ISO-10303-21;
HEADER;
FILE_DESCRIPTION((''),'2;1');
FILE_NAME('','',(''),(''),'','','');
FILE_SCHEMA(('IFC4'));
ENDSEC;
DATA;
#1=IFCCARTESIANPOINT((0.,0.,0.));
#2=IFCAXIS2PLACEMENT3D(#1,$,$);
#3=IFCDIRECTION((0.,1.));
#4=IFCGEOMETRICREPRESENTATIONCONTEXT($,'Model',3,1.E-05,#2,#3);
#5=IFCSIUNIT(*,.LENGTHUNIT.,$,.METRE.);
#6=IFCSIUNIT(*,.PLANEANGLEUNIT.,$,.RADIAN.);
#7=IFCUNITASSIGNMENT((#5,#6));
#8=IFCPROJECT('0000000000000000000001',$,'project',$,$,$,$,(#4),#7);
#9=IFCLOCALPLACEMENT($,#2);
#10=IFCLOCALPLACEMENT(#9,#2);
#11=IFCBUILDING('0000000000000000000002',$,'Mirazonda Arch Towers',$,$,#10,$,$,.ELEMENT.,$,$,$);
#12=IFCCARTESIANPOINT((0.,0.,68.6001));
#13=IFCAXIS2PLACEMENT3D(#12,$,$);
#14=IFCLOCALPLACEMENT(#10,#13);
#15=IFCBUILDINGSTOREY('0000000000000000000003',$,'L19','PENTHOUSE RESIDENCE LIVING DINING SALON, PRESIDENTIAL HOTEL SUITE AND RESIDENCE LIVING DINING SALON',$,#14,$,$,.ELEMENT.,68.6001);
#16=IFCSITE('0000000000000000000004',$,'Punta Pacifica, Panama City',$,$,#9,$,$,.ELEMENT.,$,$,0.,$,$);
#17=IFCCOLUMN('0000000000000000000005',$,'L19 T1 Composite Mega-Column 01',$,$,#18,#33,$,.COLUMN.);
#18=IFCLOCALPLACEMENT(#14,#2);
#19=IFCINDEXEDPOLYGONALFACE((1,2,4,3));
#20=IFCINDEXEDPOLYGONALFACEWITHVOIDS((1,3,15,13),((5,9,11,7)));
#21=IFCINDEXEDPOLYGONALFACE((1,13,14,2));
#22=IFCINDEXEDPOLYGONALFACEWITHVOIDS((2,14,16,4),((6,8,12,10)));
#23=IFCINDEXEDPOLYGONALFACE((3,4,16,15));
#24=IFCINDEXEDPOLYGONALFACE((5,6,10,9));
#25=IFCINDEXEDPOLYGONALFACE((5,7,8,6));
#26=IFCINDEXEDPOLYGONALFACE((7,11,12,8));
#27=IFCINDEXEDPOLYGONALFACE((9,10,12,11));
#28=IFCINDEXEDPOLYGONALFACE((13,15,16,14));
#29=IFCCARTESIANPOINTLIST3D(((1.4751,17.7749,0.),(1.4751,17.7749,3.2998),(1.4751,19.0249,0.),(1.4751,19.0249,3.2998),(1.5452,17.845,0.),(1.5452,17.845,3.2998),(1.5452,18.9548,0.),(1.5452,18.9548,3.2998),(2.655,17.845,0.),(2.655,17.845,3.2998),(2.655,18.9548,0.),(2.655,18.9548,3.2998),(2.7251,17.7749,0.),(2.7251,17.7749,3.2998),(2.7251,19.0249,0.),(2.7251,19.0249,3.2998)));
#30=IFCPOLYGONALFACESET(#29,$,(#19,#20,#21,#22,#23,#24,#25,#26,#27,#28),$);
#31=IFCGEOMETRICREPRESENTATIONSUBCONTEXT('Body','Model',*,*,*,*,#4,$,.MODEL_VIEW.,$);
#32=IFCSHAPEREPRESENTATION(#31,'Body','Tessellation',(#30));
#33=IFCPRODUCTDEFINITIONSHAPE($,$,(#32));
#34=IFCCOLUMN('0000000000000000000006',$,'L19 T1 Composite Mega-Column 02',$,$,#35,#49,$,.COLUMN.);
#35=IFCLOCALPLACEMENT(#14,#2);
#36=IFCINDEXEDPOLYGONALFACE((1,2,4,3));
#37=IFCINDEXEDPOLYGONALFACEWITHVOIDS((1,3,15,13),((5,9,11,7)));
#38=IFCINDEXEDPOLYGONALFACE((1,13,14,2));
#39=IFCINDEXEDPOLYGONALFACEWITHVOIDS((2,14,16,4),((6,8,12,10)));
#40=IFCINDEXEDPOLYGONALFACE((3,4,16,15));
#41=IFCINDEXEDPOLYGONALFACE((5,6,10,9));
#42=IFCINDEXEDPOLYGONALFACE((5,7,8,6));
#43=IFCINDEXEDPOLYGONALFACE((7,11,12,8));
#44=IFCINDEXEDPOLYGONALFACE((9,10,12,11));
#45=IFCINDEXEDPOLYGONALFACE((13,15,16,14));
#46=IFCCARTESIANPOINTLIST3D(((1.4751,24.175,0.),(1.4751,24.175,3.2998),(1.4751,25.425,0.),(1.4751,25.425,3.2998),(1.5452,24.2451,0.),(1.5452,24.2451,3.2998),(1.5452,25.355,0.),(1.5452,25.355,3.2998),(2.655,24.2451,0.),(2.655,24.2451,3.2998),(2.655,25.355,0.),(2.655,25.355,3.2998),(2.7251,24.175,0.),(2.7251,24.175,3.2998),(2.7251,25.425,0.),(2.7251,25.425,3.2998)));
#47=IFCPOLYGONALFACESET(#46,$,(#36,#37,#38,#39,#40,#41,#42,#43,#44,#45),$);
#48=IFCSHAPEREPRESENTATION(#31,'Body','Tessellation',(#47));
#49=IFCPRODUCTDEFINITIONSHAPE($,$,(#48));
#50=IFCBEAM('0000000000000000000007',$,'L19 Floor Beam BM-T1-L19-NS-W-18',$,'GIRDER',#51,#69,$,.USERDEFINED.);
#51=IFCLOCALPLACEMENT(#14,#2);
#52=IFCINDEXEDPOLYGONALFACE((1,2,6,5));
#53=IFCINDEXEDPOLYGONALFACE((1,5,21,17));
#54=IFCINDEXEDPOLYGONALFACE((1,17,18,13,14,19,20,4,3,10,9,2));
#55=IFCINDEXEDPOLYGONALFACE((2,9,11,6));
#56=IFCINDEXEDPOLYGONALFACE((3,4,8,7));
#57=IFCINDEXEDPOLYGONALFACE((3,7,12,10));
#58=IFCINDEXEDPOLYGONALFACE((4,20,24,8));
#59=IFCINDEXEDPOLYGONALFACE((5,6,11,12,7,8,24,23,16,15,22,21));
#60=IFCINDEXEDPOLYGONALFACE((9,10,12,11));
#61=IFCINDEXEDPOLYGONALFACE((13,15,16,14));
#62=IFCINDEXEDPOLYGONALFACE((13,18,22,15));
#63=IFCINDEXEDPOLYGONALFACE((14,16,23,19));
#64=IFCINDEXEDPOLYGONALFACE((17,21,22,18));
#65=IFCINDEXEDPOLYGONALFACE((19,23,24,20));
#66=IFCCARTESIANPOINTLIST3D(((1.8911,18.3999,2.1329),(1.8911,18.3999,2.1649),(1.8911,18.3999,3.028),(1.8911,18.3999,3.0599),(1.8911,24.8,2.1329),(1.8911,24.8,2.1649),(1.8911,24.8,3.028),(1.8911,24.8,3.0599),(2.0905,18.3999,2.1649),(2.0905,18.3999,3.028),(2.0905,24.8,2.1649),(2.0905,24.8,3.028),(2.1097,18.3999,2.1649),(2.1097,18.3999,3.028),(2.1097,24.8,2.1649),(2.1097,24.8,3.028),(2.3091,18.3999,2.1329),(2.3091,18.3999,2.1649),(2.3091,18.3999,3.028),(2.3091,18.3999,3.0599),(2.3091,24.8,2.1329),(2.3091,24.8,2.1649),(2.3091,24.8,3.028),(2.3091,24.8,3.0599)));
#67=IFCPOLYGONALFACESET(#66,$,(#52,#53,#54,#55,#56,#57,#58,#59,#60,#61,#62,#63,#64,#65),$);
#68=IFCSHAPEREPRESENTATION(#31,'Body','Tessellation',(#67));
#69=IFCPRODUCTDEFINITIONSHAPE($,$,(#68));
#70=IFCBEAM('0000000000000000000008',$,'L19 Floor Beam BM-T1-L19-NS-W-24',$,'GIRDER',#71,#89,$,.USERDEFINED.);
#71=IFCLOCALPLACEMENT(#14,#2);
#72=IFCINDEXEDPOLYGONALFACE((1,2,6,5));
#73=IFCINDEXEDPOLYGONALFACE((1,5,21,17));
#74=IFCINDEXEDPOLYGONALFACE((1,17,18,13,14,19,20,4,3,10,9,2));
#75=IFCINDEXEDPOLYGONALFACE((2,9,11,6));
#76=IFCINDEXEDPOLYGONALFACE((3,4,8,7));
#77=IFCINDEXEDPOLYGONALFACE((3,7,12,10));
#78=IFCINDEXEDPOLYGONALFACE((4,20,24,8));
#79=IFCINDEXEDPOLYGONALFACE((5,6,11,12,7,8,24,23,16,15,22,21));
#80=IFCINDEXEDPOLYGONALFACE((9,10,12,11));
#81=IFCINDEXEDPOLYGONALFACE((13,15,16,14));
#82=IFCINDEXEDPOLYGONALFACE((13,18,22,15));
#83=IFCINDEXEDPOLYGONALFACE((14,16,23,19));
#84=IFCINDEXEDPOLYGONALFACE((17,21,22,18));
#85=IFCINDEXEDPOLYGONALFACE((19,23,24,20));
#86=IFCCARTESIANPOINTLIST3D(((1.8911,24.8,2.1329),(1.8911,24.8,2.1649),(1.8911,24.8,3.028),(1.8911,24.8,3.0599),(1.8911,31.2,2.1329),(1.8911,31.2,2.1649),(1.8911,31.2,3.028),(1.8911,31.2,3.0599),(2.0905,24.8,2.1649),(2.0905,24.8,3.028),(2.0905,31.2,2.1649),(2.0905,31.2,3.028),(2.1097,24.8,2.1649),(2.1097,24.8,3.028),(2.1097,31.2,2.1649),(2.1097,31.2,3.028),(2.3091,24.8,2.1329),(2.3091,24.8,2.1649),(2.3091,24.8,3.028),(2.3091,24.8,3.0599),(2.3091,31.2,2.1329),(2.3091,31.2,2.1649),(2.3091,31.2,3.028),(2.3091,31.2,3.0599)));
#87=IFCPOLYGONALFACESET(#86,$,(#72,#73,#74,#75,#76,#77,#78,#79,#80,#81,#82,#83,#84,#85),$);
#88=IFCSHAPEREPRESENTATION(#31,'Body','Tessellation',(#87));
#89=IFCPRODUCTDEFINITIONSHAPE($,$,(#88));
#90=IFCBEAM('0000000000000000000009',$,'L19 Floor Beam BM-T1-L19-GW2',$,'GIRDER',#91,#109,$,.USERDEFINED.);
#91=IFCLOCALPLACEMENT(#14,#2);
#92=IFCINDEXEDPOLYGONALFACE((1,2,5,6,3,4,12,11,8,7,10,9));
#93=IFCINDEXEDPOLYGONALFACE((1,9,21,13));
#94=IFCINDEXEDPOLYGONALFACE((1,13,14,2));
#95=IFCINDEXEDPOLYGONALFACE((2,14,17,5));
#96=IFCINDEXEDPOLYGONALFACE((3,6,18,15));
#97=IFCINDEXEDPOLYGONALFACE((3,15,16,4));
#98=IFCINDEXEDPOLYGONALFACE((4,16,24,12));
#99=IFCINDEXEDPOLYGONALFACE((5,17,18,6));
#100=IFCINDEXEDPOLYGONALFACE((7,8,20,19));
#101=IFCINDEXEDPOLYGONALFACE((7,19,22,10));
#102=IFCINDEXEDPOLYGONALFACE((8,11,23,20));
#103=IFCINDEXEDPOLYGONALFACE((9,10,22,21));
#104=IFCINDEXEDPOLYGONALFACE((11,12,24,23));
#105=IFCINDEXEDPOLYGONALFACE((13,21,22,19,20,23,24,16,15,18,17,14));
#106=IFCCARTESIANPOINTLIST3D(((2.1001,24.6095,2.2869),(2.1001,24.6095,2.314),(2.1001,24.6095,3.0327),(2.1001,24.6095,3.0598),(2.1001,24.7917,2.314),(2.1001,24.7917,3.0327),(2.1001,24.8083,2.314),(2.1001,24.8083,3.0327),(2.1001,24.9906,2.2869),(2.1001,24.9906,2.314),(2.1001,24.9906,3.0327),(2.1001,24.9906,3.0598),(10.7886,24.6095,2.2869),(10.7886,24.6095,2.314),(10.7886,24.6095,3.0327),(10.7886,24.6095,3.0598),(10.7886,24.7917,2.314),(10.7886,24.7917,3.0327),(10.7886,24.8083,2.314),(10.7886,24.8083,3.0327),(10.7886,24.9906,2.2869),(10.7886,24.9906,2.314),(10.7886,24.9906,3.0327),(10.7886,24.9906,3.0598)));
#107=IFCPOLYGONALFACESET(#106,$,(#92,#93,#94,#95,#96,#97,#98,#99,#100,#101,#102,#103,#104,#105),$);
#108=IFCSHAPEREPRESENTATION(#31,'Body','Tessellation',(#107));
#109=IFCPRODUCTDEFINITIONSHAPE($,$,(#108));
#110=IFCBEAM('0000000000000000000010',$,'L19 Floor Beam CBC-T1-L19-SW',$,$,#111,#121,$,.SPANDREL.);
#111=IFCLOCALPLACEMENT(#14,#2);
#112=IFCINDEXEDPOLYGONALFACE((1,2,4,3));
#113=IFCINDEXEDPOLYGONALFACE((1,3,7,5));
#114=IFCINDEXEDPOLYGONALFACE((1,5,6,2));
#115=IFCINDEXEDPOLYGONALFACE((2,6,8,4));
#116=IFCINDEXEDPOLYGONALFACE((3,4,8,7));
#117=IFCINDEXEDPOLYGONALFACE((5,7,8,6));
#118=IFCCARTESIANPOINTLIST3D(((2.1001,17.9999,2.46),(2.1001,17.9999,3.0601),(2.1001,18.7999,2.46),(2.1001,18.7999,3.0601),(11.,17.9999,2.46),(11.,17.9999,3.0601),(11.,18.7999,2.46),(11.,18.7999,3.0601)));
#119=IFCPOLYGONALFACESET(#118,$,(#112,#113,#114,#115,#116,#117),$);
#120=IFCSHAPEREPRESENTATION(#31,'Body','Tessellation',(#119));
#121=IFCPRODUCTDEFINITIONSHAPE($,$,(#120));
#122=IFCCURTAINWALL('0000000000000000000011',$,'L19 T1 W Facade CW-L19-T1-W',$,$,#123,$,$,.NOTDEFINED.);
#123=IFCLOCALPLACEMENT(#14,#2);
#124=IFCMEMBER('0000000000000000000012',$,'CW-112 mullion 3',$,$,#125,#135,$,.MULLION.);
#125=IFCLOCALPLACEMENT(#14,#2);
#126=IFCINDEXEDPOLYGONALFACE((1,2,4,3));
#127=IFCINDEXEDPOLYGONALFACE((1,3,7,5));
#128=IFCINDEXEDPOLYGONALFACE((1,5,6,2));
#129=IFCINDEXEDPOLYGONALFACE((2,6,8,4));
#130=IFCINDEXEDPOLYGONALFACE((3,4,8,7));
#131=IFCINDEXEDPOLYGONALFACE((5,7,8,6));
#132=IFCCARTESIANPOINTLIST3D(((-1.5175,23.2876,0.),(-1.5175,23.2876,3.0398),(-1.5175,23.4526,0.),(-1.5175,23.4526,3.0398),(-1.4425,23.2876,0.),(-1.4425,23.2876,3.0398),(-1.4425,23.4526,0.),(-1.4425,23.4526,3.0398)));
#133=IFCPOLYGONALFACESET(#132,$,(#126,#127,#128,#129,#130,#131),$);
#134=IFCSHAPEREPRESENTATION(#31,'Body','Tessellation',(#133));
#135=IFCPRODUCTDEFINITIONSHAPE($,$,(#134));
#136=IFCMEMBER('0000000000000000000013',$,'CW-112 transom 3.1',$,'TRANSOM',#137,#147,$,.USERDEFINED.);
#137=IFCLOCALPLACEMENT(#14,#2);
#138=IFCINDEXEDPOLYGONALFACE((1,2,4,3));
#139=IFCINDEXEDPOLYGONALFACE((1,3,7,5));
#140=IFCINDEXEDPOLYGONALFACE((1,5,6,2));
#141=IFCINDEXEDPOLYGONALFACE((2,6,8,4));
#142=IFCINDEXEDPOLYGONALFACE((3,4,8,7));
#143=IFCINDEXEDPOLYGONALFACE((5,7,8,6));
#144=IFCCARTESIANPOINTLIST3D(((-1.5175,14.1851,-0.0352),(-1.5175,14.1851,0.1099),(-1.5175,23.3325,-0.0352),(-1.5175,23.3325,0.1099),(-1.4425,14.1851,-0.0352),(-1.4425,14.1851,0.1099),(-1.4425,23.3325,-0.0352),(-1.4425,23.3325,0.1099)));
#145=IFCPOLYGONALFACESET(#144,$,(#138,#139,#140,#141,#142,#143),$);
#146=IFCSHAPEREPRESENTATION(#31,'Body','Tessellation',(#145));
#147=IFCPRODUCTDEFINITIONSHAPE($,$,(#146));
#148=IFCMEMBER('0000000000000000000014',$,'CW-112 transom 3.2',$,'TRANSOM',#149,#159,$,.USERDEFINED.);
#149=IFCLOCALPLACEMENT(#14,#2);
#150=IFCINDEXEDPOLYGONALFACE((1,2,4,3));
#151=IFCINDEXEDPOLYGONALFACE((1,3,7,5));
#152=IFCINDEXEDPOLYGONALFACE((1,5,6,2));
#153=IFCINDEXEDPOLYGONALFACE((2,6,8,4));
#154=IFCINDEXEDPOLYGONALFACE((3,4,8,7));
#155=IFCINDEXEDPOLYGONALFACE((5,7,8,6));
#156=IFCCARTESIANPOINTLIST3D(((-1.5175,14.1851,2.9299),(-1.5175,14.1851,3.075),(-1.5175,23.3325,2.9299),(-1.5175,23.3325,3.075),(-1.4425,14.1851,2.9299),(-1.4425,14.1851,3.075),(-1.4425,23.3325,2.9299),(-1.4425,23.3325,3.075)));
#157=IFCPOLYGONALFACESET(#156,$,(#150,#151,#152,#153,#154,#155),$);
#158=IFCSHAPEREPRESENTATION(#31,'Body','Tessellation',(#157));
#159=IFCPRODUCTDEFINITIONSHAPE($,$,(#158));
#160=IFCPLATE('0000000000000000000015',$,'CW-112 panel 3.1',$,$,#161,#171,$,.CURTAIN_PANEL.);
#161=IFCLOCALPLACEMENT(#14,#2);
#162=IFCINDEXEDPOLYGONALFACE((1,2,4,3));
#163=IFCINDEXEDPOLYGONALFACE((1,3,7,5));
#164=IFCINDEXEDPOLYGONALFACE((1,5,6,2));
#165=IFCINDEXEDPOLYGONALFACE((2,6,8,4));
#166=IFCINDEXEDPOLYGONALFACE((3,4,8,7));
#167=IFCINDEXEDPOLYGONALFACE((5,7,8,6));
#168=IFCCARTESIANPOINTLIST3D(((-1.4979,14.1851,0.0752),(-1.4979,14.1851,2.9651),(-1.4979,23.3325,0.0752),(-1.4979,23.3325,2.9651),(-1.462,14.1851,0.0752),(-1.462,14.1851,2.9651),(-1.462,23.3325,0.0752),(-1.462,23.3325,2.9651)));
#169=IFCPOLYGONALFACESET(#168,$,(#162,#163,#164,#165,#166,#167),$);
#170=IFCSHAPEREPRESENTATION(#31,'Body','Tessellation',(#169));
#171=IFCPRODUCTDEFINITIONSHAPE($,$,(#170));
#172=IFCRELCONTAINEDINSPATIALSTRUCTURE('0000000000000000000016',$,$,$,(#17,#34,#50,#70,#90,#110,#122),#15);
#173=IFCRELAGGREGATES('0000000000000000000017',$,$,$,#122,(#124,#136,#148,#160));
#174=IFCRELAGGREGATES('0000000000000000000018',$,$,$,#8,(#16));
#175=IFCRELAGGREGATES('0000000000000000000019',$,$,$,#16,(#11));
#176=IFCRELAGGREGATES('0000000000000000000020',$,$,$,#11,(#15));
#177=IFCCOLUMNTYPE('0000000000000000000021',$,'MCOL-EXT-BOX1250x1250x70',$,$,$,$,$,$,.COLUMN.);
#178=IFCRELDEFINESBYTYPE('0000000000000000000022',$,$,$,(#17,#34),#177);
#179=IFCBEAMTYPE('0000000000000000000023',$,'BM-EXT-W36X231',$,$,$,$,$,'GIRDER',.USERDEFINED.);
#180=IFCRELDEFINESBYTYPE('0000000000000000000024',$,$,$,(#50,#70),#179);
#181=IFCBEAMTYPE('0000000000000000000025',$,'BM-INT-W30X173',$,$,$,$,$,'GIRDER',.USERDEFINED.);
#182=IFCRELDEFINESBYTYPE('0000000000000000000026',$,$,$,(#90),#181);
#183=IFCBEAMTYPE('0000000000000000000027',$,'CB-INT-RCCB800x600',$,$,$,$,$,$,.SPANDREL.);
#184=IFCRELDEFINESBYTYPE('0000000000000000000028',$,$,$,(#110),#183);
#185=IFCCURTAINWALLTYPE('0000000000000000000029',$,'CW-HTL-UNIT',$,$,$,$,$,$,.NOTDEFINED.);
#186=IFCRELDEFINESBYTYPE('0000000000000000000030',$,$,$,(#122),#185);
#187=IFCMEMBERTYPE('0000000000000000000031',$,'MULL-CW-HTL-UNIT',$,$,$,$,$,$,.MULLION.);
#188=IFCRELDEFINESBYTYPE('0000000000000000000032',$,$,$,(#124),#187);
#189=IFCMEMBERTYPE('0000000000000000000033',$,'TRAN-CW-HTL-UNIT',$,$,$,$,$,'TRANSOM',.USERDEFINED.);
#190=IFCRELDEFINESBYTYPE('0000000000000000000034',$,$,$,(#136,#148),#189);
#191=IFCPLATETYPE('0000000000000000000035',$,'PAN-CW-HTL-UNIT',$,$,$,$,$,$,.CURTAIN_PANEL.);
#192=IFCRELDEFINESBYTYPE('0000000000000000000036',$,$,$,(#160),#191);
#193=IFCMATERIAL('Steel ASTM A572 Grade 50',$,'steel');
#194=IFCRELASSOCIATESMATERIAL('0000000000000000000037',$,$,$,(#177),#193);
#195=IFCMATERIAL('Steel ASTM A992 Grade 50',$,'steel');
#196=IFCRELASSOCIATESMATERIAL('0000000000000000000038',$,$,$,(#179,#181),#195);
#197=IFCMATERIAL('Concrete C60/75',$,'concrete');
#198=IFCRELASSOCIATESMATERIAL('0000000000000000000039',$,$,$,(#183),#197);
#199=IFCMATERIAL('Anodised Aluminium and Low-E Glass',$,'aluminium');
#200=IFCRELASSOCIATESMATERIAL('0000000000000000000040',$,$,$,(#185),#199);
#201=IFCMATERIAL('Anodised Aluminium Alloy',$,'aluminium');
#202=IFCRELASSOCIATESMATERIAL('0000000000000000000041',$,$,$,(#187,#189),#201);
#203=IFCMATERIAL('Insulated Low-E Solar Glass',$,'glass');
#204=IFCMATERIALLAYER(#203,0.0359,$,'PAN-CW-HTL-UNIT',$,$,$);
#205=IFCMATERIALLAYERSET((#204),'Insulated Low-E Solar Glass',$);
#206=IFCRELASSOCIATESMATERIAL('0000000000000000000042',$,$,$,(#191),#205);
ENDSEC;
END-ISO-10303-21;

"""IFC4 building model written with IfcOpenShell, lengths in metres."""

from ifc_helpers import new_model, si_unit, direction, frame, origin, origin_2d, place, context, subcontext, project, spatial, rectangle, hollow_rectangle, i_section, extrude, material, layer, layer_set, material_profile, profile_set, type_object, element, aggregate, save


model = new_model("IFC4")

# Units and contexts
model_context = context("Model", 3, precision=1e-05, world=origin(), true_north=direction((0.0, 1.0)))
body_context = subcontext(model_context, "Body", "Model", "MODEL_VIEW")
ifc_project = project(units=[si_unit("LENGTHUNIT", "METRE"), si_unit("PLANEANGLEUNIT", "RADIAN")], contexts=[model_context])

# Site, building, storey
site_placement = place(None, origin())
site = spatial("IfcSite", under=ifc_project, at=site_placement, Name="Punta Pacifica, Panama City", CompositionType="ELEMENT", RefElevation=0.0)
building_placement = place(site_placement, origin())
building = spatial("IfcBuilding", under=site, at=building_placement, Name="Mirazonda Arch Towers", CompositionType="ELEMENT")
storey_placement = place(building_placement, frame((0.0, 0.0, 68.6001)))
storey = spatial("IfcBuildingStorey", under=building, at=storey_placement, Name="L19", Description="PENTHOUSE RESIDENCE LIVING DINING SALON, PRESIDENTIAL HOTEL SUITE AND RESIDENCE LIVING DINING SALON", CompositionType="ELEMENT", Elevation=68.6001)

# Columns
ifc_material_1 = material(Name="Steel ASTM A572 Grade 50", Category="steel")
ifc_material_profile_1 = material_profile(ifc_material_1, hollow_rectangle(XDim=1.25, YDim=1.25, WallThickness=0.0701, at=origin_2d()), Name="BOX1250x1250x70")
ifc_profile_set_1 = profile_set([ifc_material_profile_1], Name="Steel ASTM A572 Grade 50")
column_type = type_object("IfcColumnType", Name="MCOL-EXT-BOX1250x1250x70", PredefinedType="COLUMN", material=ifc_profile_set_1)
for number, where, z_axis, x_axis, name in (
    (1, (2.1001, 18.3999, 0.0), (0.0, 0.0, 1.0), (1.0, 0.0, 0.0), "L19 T1 Composite Mega-Column 01"),
    (2, (2.1001, 24.8, 0.0), (0.0, 0.0, 1.0), (1.0, 0.0, 0.0), "L19 T1 Composite Mega-Column 02"),
):
    element("IfcColumn", number, at=place(storey_placement, frame(where, z_axis=z_axis, x_axis=x_axis)), inside=storey, type_object=column_type, Name=name, PredefinedType="COLUMN", context=body_context, shape_type="SweptSolid", body=[
        extrude(hollow_rectangle(XDim=1.25, YDim=1.25, WallThickness=0.0701, at=origin_2d()), origin(), (0.0, 0.0, 1.0), 3.2998),
    ])

# Beams
ifc_material_2 = material(Name="Steel ASTM A992 Grade 50", Category="steel")
ifc_material_profile_2 = material_profile(ifc_material_2, i_section(OverallWidth=0.418, OverallDepth=0.927, WebThickness=0.0193, FlangeThickness=0.032, at=origin_2d()), Name="W36X231")
ifc_profile_set_2 = profile_set([ifc_material_profile_2], Name="Steel ASTM A992 Grade 50")
beam_type_1 = type_object("IfcBeamType", Name="BM-EXT-W36X231", ElementType="GIRDER", PredefinedType="USERDEFINED", material=ifc_profile_set_2)
beam_1_placement = place(storey_placement, frame((2.1001, 18.3999, 2.5964), z_axis=(0.0, 1.0, 0.0), x_axis=(-1.0, 0.0, 0.0)))
element("IfcBeam", 3, at=beam_1_placement, inside=storey, type_object=beam_type_1, Name="L19 Floor Beam BM-T1-L19-NS-W-18", ObjectType="GIRDER", PredefinedType="USERDEFINED", context=body_context, shape_type="SweptSolid", body=[
    extrude(i_section(OverallWidth=0.418, OverallDepth=0.927, WebThickness=0.0193, FlangeThickness=0.032, at=origin_2d()), origin(), (0.0, 0.0, 1.0), 6.4001),
])
beam_2_placement = place(storey_placement, frame((2.1001, 24.8, 2.5964), z_axis=(0.0, 1.0, 0.0), x_axis=(-1.0, 0.0, 0.0)))
element("IfcBeam", 4, at=beam_2_placement, inside=storey, type_object=beam_type_1, Name="L19 Floor Beam BM-T1-L19-NS-W-24", ObjectType="GIRDER", PredefinedType="USERDEFINED", context=body_context, shape_type="SweptSolid", body=[
    extrude(i_section(OverallWidth=0.418, OverallDepth=0.927, WebThickness=0.0193, FlangeThickness=0.032, at=origin_2d()), origin(), (0.0, 0.0, 1.0), 6.3999),
])
ifc_material_profile_3 = material_profile(ifc_material_2, i_section(OverallWidth=0.3811, OverallDepth=0.7729, WebThickness=0.0166, FlangeThickness=0.0271, at=origin_2d()), Name="W30X173")
ifc_profile_set_3 = profile_set([ifc_material_profile_3], Name="Steel ASTM A992 Grade 50")
beam_type_2 = type_object("IfcBeamType", Name="BM-INT-W30X173", ElementType="GIRDER", PredefinedType="USERDEFINED", material=ifc_profile_set_3)
beam_3_placement = place(storey_placement, frame((2.1001, 24.8, 2.6733), z_axis=(1.0, 0.0, 0.0), x_axis=(0.0, 1.0, 0.0)))
element("IfcBeam", 5, at=beam_3_placement, inside=storey, type_object=beam_type_2, Name="L19 Floor Beam BM-T1-L19-GW2", ObjectType="GIRDER", PredefinedType="USERDEFINED", context=body_context, shape_type="SweptSolid", body=[
    extrude(i_section(OverallWidth=0.3811, OverallDepth=0.7729, WebThickness=0.0166, FlangeThickness=0.0271, at=origin_2d()), origin(), (0.0, 0.0, 1.0), 8.6885),
])
ifc_material_3 = material(Name="Concrete C60/75", Category="concrete")
ifc_material_profile_4 = material_profile(ifc_material_3, rectangle(XDim=0.8, YDim=0.6001, at=origin_2d()), Name="RCCB800x600")
ifc_profile_set_4 = profile_set([ifc_material_profile_4], Name="Concrete C60/75")
beam_type_3 = type_object("IfcBeamType", Name="CB-INT-RCCB800x600", PredefinedType="SPANDREL", material=ifc_profile_set_4)
beam_4_placement = place(storey_placement, frame((2.1001, 18.3999, 2.76), z_axis=(1.0, 0.0, 0.0), x_axis=(0.0, 1.0, 0.0)))
element("IfcBeam", 6, at=beam_4_placement, inside=storey, type_object=beam_type_3, Name="L19 Floor Beam CBC-T1-L19-SW", PredefinedType="SPANDREL", context=body_context, shape_type="SweptSolid", body=[
    extrude(rectangle(XDim=0.8, YDim=0.6001, at=origin_2d()), origin(), (0.0, 0.0, 1.0), 8.8999),
])

# Curtain wall, members, plate
ifc_material_4 = material(Name="Anodised Aluminium and Low-E Glass", Category="aluminium")
curtain_wall_type = type_object("IfcCurtainWallType", Name="CW-HTL-UNIT", PredefinedType="NOTDEFINED", material=ifc_material_4)
curtain_wall_placement = place(storey_placement, origin())
curtain_wall = element("IfcCurtainWall", 7, at=curtain_wall_placement, inside=storey, type_object=curtain_wall_type, Name="L19 T1 W Facade CW-L19-T1-W", PredefinedType="NOTDEFINED")
ifc_material_5 = material(Name="Anodised Aluminium Alloy", Category="aluminium")
ifc_material_profile_5 = material_profile(ifc_material_5, rectangle(XDim=0.075, YDim=0.165, at=origin_2d()), Name="ALU-MULL-75x165")
ifc_profile_set_5 = profile_set([ifc_material_profile_5], Name="Anodised Aluminium Alloy")
member_type_1 = type_object("IfcMemberType", Name="MULL-CW-HTL-UNIT", PredefinedType="MULLION", material=ifc_profile_set_5)
member_1_placement = place(storey_placement, frame((-1.48, 23.3701, 0.0), z_axis=(0.0, 0.0, 1.0), x_axis=(1.0, 0.0, 0.0)))
member_1 = element("IfcMember", 8, at=member_1_placement, type_object=member_type_1, Name="CW-112 mullion 3", PredefinedType="MULLION", context=body_context, shape_type="SweptSolid", body=[
    extrude(rectangle(XDim=0.075, YDim=0.165, at=origin_2d()), origin(), (0.0, 0.0, 1.0), 3.0398),
])
ifc_material_profile_6 = material_profile(ifc_material_5, rectangle(XDim=0.075, YDim=0.145, at=origin_2d()), Name="ALU-TRAN-75x145")
ifc_profile_set_6 = profile_set([ifc_material_profile_6], Name="Anodised Aluminium Alloy")
member_type_2 = type_object("IfcMemberType", Name="TRAN-CW-HTL-UNIT", ElementType="TRANSOM", PredefinedType="USERDEFINED", material=ifc_profile_set_6)
member_2_placement = place(storey_placement, frame((-1.48, 23.3325, 0.0374), z_axis=(0.0, -1.0, 0.0), x_axis=(1.0, 0.0, 0.0)))
member_2 = element("IfcMember", 9, at=member_2_placement, type_object=member_type_2, Name="CW-112 transom 3.1", ObjectType="TRANSOM", PredefinedType="USERDEFINED", context=body_context, shape_type="SweptSolid", body=[
    extrude(rectangle(XDim=0.075, YDim=0.145, at=origin_2d()), origin(), (0.0, 0.0, 1.0), 9.1475),
])
member_3_placement = place(storey_placement, frame((-1.48, 23.3325, 3.0024), z_axis=(0.0, -1.0, 0.0), x_axis=(1.0, 0.0, 0.0)))
member_3 = element("IfcMember", 10, at=member_3_placement, type_object=member_type_2, Name="CW-112 transom 3.2", ObjectType="TRANSOM", PredefinedType="USERDEFINED", context=body_context, shape_type="SweptSolid", body=[
    extrude(rectangle(XDim=0.075, YDim=0.145, at=origin_2d()), origin(), (0.0, 0.0, 1.0), 9.1475),
])
ifc_material_6 = material(Name="Insulated Low-E Solar Glass", Category="glass")
ifc_layer_1 = layer(ifc_material_6, 0.0359, Name="PAN-CW-HTL-UNIT")
ifc_layer_set_1 = layer_set([ifc_layer_1], Name="Insulated Low-E Solar Glass")
plate_type = type_object("IfcPlateType", Name="PAN-CW-HTL-UNIT", PredefinedType="CURTAIN_PANEL", material=ifc_layer_set_1)
plate_placement = place(storey_placement, frame((-1.48, 18.7588, 0.0752), z_axis=(0.0, 0.0, 1.0), x_axis=(0.0, -1.0, 0.0)))
plate = element("IfcPlate", 11, at=plate_placement, type_object=plate_type, Name="CW-112 panel 3.1", PredefinedType="CURTAIN_PANEL", context=body_context, shape_type="SweptSolid", body=[
    extrude(rectangle(XDim=9.1475, YDim=0.0359, at=origin_2d()), origin(), (0.0, 0.0, 1.0), 2.8899),
])
aggregate(curtain_wall, [member_1, member_2, member_3, plate])

save(model, "model.ifc")
